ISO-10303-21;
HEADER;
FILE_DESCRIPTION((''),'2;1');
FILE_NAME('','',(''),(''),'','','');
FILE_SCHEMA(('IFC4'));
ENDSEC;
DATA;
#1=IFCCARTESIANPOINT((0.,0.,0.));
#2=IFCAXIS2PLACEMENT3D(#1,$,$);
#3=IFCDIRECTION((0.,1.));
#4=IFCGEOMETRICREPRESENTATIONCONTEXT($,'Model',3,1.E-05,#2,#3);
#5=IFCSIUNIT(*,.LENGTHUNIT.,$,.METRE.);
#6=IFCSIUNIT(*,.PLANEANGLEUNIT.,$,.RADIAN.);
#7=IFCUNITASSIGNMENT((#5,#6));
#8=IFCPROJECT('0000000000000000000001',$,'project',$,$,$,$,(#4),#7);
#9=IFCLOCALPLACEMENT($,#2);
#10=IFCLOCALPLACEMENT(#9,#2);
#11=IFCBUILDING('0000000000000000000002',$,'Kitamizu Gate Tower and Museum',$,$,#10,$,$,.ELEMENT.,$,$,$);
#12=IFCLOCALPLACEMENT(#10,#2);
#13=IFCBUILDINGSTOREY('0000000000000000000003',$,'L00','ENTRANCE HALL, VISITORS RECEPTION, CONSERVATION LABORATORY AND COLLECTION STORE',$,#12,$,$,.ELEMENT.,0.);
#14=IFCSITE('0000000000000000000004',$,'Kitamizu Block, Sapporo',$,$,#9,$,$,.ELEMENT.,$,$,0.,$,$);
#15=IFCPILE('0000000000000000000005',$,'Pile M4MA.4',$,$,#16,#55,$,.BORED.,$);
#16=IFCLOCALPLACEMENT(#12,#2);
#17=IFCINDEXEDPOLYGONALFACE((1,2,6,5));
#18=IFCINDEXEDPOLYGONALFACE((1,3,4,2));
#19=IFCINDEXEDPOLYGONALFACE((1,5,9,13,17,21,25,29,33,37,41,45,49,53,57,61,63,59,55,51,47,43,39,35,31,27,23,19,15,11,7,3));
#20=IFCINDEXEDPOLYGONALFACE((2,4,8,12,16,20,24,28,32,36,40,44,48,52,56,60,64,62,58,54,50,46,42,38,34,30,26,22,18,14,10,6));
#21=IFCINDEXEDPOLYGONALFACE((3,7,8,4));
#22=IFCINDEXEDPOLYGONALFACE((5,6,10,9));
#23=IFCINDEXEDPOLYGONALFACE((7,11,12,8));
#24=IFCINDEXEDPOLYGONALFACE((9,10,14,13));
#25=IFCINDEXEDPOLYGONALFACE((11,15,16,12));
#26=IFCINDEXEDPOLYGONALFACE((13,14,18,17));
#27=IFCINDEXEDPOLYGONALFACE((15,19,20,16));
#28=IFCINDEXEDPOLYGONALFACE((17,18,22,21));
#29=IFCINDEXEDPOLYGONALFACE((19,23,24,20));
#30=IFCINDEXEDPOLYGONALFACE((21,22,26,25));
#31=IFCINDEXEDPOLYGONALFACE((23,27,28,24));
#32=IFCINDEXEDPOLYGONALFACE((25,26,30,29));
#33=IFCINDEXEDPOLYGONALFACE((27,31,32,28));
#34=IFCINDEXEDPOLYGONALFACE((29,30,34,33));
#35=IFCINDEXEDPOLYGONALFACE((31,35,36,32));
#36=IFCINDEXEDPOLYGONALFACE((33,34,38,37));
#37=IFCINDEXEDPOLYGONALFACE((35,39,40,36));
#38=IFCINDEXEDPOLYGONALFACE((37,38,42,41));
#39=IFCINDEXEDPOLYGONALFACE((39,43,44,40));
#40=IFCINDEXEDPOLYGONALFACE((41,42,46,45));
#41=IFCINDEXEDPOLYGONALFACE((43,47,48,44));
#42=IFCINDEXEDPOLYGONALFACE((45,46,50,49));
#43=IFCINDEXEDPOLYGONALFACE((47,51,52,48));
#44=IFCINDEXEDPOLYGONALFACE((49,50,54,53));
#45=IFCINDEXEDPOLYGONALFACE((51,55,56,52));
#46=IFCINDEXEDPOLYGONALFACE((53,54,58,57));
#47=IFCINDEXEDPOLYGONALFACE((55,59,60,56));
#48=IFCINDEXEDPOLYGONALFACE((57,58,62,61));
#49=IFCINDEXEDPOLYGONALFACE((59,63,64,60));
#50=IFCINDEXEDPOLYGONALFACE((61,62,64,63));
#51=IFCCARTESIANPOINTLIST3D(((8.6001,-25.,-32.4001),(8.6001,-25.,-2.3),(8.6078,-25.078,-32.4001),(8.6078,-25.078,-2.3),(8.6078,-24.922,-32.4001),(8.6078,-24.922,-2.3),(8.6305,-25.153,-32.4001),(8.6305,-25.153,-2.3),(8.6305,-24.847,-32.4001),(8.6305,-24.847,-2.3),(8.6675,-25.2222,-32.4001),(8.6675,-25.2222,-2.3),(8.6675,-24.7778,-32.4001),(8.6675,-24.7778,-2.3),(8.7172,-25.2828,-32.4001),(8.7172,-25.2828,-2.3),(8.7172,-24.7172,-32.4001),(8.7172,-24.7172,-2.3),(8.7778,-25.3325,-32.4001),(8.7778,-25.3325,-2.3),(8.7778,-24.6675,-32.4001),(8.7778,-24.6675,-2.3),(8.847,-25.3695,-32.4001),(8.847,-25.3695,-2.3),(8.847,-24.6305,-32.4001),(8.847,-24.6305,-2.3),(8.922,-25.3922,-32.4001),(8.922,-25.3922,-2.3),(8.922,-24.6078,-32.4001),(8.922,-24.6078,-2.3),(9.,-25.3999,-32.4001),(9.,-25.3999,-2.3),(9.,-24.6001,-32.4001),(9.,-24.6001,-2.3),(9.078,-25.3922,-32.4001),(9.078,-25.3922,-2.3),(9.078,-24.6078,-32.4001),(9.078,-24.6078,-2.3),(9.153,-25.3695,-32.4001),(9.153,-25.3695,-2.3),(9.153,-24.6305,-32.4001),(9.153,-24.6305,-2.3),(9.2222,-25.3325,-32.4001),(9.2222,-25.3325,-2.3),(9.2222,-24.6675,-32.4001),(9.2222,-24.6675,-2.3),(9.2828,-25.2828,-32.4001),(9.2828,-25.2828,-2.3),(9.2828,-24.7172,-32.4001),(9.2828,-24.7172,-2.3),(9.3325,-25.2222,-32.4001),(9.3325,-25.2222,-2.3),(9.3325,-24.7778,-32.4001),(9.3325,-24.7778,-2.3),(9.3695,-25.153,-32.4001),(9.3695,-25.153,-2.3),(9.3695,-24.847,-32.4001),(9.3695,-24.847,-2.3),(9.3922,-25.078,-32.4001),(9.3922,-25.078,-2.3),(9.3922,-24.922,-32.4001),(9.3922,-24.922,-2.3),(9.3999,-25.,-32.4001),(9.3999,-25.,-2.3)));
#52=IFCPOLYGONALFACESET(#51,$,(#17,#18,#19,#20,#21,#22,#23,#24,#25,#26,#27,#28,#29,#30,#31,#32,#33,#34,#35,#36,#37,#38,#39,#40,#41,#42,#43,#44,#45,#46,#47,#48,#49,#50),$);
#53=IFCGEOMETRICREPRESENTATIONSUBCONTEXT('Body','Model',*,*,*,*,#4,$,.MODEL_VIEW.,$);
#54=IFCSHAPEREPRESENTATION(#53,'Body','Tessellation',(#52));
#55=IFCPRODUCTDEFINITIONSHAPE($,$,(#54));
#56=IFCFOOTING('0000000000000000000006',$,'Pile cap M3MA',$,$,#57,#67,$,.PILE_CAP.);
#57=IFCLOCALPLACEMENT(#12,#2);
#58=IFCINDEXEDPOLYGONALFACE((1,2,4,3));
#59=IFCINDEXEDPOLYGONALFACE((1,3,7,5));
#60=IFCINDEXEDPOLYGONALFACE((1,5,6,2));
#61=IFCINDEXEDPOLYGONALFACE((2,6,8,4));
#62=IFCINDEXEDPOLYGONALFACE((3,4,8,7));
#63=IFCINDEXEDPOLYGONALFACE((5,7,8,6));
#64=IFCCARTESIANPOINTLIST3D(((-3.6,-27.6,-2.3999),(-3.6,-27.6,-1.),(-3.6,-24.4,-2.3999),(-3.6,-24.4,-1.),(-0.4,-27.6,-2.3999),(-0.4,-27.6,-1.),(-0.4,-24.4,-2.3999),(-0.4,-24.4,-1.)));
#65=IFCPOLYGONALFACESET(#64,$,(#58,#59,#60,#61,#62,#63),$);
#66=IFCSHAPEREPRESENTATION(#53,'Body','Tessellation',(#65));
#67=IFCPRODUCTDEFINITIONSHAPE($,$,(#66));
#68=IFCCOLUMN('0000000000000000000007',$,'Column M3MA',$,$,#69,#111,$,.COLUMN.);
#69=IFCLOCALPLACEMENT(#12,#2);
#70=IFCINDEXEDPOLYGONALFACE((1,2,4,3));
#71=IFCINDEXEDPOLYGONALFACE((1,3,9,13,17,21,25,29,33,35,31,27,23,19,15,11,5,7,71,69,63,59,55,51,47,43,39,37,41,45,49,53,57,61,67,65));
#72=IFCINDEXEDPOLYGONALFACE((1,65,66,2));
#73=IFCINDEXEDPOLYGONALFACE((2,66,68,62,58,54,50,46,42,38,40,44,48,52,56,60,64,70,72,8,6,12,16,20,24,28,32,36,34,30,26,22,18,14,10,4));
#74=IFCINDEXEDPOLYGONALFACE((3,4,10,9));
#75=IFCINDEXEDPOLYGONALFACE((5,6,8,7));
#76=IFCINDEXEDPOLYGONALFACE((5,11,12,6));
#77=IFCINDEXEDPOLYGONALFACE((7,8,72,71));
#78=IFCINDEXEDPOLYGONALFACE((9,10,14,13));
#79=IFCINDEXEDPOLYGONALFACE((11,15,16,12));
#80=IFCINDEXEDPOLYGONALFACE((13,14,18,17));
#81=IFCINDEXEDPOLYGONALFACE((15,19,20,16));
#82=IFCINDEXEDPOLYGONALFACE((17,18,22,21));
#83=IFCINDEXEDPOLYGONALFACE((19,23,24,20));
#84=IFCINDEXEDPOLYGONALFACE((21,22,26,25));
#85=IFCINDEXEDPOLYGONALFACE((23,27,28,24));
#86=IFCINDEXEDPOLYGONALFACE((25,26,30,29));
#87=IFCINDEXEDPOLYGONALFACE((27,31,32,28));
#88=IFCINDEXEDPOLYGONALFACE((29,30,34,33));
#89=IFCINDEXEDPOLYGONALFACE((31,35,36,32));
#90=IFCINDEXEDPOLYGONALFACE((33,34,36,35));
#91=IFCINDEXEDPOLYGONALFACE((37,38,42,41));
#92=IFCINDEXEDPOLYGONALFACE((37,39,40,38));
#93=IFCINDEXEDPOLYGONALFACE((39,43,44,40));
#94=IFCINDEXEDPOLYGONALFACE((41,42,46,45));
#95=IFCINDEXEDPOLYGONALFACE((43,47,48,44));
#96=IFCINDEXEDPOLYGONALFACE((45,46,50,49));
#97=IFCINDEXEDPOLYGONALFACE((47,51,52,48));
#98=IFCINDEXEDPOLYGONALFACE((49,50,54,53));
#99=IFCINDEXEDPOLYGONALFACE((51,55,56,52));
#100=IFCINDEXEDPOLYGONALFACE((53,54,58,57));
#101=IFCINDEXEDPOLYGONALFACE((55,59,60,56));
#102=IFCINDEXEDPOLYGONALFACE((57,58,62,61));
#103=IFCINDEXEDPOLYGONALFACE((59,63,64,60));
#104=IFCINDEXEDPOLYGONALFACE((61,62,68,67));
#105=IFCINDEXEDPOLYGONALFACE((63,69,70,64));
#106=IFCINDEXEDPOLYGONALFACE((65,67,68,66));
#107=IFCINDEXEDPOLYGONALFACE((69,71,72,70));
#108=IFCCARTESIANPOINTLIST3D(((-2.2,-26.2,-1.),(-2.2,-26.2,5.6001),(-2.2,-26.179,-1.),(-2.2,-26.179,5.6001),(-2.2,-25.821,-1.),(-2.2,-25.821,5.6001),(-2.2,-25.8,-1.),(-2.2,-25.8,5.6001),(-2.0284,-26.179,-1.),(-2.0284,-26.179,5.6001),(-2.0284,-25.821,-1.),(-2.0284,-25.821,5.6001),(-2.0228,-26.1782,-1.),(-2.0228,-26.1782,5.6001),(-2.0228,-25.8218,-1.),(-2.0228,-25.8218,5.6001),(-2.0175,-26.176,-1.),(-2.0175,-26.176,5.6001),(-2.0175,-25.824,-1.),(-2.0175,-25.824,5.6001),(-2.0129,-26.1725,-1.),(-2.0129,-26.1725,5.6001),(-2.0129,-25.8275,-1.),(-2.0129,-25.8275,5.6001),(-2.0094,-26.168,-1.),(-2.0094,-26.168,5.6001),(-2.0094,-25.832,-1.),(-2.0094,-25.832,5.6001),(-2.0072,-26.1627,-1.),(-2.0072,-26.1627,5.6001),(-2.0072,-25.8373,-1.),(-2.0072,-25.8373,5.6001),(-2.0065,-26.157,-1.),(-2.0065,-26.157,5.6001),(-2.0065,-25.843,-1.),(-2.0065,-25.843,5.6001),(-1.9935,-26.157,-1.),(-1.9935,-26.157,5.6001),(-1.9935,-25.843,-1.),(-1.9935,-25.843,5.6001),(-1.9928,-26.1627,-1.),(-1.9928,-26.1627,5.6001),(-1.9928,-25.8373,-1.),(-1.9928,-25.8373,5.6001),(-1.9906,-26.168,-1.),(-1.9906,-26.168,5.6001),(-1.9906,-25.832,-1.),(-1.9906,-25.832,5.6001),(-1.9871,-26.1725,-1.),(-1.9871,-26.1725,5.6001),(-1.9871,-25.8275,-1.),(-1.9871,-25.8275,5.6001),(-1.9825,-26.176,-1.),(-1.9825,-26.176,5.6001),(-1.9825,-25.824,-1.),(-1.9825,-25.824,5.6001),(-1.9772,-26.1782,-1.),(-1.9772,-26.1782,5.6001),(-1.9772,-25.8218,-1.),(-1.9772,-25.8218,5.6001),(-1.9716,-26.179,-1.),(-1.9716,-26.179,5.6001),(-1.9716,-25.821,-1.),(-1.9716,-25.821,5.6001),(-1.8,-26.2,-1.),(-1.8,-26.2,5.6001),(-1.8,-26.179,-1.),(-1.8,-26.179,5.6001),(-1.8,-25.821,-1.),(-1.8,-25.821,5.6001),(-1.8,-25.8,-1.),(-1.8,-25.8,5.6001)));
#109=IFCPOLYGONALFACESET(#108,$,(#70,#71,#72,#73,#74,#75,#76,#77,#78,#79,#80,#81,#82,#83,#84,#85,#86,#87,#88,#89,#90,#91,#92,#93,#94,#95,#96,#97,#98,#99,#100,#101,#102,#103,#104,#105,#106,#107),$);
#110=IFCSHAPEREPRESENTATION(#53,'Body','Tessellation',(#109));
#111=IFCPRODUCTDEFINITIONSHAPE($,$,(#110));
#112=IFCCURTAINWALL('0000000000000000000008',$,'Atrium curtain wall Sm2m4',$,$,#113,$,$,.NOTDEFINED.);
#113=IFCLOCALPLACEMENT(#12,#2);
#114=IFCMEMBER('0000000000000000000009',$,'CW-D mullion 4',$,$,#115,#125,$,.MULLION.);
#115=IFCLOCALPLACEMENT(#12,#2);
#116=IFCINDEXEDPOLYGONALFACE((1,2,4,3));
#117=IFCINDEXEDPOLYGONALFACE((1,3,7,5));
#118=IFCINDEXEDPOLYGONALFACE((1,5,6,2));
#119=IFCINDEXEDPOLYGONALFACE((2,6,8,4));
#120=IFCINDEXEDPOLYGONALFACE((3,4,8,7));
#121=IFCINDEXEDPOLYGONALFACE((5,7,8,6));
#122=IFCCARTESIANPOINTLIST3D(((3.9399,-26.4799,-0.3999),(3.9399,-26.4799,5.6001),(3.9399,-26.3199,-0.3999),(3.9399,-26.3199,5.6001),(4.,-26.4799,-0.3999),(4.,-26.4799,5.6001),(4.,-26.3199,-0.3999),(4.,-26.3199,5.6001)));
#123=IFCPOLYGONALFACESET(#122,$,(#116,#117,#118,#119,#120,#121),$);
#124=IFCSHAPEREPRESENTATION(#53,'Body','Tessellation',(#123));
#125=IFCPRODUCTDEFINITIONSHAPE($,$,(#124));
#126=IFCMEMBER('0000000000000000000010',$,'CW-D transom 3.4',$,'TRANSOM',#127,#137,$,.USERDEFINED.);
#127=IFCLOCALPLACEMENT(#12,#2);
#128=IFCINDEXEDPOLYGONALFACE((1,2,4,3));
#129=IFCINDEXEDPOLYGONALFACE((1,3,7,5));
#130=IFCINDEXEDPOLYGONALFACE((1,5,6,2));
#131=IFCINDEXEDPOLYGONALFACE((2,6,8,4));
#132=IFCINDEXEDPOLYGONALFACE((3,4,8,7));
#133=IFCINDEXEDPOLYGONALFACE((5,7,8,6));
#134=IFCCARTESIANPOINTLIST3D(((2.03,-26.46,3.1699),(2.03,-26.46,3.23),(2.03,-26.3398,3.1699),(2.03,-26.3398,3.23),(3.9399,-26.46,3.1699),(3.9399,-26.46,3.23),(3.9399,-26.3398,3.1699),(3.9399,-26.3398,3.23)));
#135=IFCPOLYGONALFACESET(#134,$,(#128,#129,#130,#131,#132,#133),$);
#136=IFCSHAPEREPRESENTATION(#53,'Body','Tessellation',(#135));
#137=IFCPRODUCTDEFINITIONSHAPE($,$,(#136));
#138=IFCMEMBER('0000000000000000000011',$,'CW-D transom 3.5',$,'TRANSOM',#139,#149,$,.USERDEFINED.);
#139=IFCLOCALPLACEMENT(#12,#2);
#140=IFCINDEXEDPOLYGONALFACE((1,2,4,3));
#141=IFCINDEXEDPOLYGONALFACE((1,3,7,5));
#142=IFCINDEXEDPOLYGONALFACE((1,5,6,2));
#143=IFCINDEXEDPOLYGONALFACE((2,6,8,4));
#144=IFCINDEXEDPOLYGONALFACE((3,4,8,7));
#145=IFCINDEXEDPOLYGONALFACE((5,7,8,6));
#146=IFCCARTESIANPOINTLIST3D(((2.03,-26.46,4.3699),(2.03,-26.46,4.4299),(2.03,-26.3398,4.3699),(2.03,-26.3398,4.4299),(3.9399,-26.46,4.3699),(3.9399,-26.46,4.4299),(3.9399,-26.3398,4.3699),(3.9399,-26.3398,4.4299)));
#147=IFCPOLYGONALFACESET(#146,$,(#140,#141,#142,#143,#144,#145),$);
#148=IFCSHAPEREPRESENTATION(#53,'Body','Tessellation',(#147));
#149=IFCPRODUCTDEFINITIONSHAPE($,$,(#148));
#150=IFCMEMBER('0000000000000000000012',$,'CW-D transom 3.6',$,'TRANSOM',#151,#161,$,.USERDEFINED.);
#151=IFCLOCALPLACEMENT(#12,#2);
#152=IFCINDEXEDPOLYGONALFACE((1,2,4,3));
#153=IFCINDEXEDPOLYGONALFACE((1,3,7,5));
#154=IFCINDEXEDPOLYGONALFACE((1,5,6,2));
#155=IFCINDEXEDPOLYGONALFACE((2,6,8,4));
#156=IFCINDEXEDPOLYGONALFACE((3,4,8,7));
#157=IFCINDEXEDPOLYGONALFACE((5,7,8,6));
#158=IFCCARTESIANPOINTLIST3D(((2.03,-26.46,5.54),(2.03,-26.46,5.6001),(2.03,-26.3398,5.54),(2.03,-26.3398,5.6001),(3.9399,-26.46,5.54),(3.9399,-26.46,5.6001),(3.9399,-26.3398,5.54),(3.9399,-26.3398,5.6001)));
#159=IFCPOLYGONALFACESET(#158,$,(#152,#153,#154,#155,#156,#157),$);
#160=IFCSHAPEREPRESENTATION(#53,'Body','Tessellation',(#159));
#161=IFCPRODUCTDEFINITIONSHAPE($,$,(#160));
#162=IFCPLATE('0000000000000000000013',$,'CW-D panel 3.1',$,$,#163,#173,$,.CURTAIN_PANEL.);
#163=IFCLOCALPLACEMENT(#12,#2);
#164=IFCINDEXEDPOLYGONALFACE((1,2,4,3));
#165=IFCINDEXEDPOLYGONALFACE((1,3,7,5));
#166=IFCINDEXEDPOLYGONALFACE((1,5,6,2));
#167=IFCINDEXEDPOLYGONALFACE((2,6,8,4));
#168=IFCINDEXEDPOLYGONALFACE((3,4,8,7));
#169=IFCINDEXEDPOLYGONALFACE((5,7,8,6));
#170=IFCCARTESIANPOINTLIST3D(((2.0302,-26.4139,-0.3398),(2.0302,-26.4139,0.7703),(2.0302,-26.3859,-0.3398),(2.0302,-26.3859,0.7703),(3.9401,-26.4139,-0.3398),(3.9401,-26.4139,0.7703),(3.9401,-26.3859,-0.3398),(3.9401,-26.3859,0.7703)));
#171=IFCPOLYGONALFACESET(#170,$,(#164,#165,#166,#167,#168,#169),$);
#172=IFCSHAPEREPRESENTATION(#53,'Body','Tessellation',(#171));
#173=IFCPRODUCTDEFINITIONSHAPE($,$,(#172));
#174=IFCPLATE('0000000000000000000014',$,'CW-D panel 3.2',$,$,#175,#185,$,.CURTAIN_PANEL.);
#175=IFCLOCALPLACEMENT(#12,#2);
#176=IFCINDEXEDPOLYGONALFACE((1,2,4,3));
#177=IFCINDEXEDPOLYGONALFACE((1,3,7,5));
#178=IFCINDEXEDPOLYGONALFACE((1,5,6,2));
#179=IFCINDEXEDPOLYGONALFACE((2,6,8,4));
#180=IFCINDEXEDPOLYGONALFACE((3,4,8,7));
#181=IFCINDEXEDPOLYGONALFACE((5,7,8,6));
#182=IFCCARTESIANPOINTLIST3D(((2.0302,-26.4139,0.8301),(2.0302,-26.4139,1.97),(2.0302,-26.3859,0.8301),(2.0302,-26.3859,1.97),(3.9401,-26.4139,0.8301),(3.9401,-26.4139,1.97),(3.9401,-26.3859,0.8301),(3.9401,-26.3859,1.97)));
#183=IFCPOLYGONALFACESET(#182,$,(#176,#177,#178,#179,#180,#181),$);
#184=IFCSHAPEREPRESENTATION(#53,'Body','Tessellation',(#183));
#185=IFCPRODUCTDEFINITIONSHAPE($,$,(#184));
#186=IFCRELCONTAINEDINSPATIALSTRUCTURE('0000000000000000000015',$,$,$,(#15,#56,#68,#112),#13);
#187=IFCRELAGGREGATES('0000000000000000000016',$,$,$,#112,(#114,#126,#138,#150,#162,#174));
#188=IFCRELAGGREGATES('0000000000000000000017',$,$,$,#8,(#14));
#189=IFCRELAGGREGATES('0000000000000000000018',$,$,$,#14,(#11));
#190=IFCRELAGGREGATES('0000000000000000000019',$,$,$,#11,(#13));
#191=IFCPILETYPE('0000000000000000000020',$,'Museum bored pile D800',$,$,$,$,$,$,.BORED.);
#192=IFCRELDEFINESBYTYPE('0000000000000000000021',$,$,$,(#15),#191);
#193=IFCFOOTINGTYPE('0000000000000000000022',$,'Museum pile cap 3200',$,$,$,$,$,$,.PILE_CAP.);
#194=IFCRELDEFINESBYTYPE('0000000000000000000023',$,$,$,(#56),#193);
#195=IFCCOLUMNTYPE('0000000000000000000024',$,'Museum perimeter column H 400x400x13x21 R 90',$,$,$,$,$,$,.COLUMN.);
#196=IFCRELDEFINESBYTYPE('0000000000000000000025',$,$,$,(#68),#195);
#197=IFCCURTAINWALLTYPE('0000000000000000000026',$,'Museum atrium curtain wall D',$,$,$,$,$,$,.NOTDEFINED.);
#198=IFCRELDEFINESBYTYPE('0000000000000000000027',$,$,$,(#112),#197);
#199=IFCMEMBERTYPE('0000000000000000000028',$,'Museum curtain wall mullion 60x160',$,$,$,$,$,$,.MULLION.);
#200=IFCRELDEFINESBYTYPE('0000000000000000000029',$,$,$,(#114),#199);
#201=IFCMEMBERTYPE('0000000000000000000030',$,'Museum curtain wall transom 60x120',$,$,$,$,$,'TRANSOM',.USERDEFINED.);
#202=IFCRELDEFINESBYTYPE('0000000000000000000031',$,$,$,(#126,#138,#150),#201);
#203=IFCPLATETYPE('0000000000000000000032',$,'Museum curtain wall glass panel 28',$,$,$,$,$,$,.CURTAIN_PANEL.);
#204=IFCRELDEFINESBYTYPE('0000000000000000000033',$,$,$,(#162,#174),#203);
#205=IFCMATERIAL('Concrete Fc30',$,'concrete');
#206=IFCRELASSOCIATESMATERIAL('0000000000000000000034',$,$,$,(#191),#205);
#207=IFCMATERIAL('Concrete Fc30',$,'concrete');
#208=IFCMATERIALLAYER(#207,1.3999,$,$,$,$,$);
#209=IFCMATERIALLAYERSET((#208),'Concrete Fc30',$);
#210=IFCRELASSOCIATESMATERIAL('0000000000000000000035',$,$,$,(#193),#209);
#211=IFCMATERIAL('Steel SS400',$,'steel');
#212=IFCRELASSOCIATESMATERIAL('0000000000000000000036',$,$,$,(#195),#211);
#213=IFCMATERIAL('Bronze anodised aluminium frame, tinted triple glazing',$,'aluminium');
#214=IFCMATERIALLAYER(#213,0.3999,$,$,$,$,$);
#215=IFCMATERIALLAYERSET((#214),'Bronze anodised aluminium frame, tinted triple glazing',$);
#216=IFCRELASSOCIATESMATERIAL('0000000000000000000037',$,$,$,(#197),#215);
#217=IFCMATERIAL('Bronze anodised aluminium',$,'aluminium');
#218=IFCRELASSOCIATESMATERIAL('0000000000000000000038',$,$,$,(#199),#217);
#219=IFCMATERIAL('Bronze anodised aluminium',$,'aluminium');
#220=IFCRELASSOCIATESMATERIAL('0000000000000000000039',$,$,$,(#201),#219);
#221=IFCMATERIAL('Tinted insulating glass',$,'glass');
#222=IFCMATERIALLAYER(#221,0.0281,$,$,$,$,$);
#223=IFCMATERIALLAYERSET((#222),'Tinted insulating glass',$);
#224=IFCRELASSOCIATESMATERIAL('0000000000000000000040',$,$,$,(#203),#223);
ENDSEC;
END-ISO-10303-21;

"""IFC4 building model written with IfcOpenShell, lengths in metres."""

from ifc_helpers import new_model, si_unit, direction, frame, origin, origin_2d, place, context, subcontext, project, spatial, rectangle, circle, i_section, extrude, material, layer, layer_set, material_profile, profile_set, type_object, element, aggregate, save


model = new_model("IFC4")

# Units and contexts
model_context = context("Model", 3, precision=1e-05, world=origin(), true_north=direction((0.0, 1.0)))
body_context = subcontext(model_context, "Body", "Model", "MODEL_VIEW")
ifc_project = project(units=[si_unit("LENGTHUNIT", "METRE"), si_unit("PLANEANGLEUNIT", "RADIAN")], contexts=[model_context])

# Site, building, storey
site_placement = place(None, origin())
site = spatial("IfcSite", under=ifc_project, at=site_placement, Name="Kitamizu Block, Sapporo", CompositionType="ELEMENT", RefElevation=0.0)
building_placement = place(site_placement, origin())
building = spatial("IfcBuilding", under=site, at=building_placement, Name="Kitamizu Gate Tower and Museum", CompositionType="ELEMENT")
storey_placement = place(building_placement, origin())
storey = spatial("IfcBuildingStorey", under=building, at=storey_placement, Name="L00", Description="ENTRANCE HALL, VISITORS RECEPTION, CONSERVATION LABORATORY AND COLLECTION STORE", CompositionType="ELEMENT", Elevation=0.0)

# Pile
ifc_material_1 = material(Name="Concrete Fc30", Category="concrete")
ifc_material_profile_1 = material_profile(ifc_material_1, circle(Radius=0.3999, at=origin_2d()), Name="D800")
ifc_profile_set_1 = profile_set([ifc_material_profile_1], Name="Concrete Fc30")
pile_type = type_object("IfcPileType", Name="Museum bored pile D800", PredefinedType="BORED", material=ifc_profile_set_1)
for number, where, z_axis, x_axis, name in (
    (1, (9.0, -25.0, -2.3), (0.0, 0.0, -1.0), (1.0, 0.0, 0.0), "Pile M4MA.4"),
):
    element("IfcPile", number, at=place(storey_placement, frame(where, z_axis=z_axis, x_axis=x_axis)), inside=storey, type_object=pile_type, Name=name, PredefinedType="BORED", context=body_context, shape_type="SweptSolid", body=[
        extrude(circle(Radius=0.3999, at=origin_2d()), origin(), (0.0, 0.0, 1.0), 30.1001),
    ])

# Footing
ifc_material_2 = material(Name="Concrete Fc30", Category="concrete")
ifc_layer_1 = layer(ifc_material_2, 1.3999)
ifc_layer_set_1 = layer_set([ifc_layer_1], Name="Concrete Fc30")
footing_type = type_object("IfcFootingType", Name="Museum pile cap 3200", PredefinedType="PILE_CAP", material=ifc_layer_set_1)
footing_placement = place(storey_placement, frame((-2.0, -26.0, -2.3999), z_axis=(0.0, 0.0, 1.0), x_axis=(1.0, 0.0, 0.0)))
element("IfcFooting", 2, at=footing_placement, inside=storey, type_object=footing_type, Name="Pile cap M3MA", PredefinedType="PILE_CAP", context=body_context, shape_type="SweptSolid", body=[
    extrude(rectangle(XDim=3.2, YDim=3.2, at=origin_2d()), origin(), (0.0, 0.0, 1.0), 1.3999),
])

# Column
ifc_material_3 = material(Name="Steel SS400", Category="steel")
ifc_material_profile_2 = material_profile(ifc_material_3, i_section(OverallWidth=0.3999, OverallDepth=0.3999, WebThickness=0.0129, FlangeThickness=0.021, FilletRadius=0.022, at=origin_2d()), Name="H-400x400x13x21")
ifc_profile_set_2 = profile_set([ifc_material_profile_2], Name="Steel SS400")
column_type = type_object("IfcColumnType", Name="Museum perimeter column H 400x400x13x21 R 90", PredefinedType="COLUMN", material=ifc_profile_set_2)
column_placement = place(storey_placement, frame((-2.0, -26.0, -1.0), z_axis=(0.0, 0.0, 1.0), x_axis=(1.0, 0.0, 0.0)))
element("IfcColumn", 3, at=column_placement, inside=storey, type_object=column_type, Name="Column M3MA", PredefinedType="COLUMN", context=body_context, shape_type="SweptSolid", body=[
    extrude(i_section(OverallWidth=0.3999, OverallDepth=0.3999, WebThickness=0.0129, FlangeThickness=0.021, FilletRadius=0.022, at=origin_2d()), origin(), (0.0, 0.0, 1.0), 6.6001),
])

# Curtain wall, members, plates
ifc_material_4 = material(Name="Bronze anodised aluminium frame, tinted triple glazing", Category="aluminium")
ifc_layer_2 = layer(ifc_material_4, 0.3999)
ifc_layer_set_2 = layer_set([ifc_layer_2], Name="Bronze anodised aluminium frame, tinted triple glazing")
curtain_wall_type = type_object("IfcCurtainWallType", Name="Museum atrium curtain wall D", PredefinedType="NOTDEFINED", material=ifc_layer_set_2)
curtain_wall_placement = place(storey_placement, origin())
curtain_wall = element("IfcCurtainWall", 4, at=curtain_wall_placement, inside=storey, type_object=curtain_wall_type, Name="Atrium curtain wall Sm2m4", PredefinedType="NOTDEFINED")
ifc_material_5 = material(Name="Bronze anodised aluminium", Category="aluminium")
ifc_material_profile_3 = material_profile(ifc_material_5, rectangle(XDim=0.0601, YDim=0.1599, at=origin_2d()), Name="60x160")
ifc_profile_set_3 = profile_set([ifc_material_profile_3], Name="Bronze anodised aluminium")
member_type_1 = type_object("IfcMemberType", Name="Museum curtain wall mullion 60x160", PredefinedType="MULLION", material=ifc_profile_set_3)
member_1_placement = place(storey_placement, frame((3.97, -26.3999, -0.3999), z_axis=(0.0, 0.0, 1.0), x_axis=(1.0, 0.0, 0.0)))
member_1 = element("IfcMember", 5, at=member_1_placement, type_object=member_type_1, Name="CW-D mullion 4", PredefinedType="MULLION", context=body_context, shape_type="SweptSolid", body=[
    extrude(rectangle(XDim=0.0601, YDim=0.1599, at=origin_2d()), origin(), (0.0, 0.0, 1.0), 6.0),
])
ifc_material_6 = material(Name="Bronze anodised aluminium", Category="aluminium")
ifc_material_profile_4 = material_profile(ifc_material_6, rectangle(XDim=0.1201, YDim=0.0601, at=origin_2d()), Name="120x60")
ifc_profile_set_4 = profile_set([ifc_material_profile_4], Name="Bronze anodised aluminium")
member_type_2 = type_object("IfcMemberType", Name="Museum curtain wall transom 60x120", ElementType="TRANSOM", PredefinedType="USERDEFINED", material=ifc_profile_set_4)
member_2_placement = place(storey_placement, frame((2.03, -26.3999, 3.2), z_axis=(1.0, 0.0, 0.0), x_axis=(0.0, 1.0, 0.0)))
member_2 = element("IfcMember", 6, at=member_2_placement, type_object=member_type_2, Name="CW-D transom 3.4", ObjectType="TRANSOM", PredefinedType="USERDEFINED", context=body_context, shape_type="SweptSolid", body=[
    extrude(rectangle(XDim=0.1201, YDim=0.0601, at=origin_2d()), origin(), (0.0, 0.0, 1.0), 1.9099),
])
member_3_placement = place(storey_placement, frame((2.03, -26.3999, 4.3999), z_axis=(1.0, 0.0, 0.0), x_axis=(0.0, 1.0, 0.0)))
member_3 = element("IfcMember", 7, at=member_3_placement, type_object=member_type_2, Name="CW-D transom 3.5", ObjectType="TRANSOM", PredefinedType="USERDEFINED", context=body_context, shape_type="SweptSolid", body=[
    extrude(rectangle(XDim=0.1201, YDim=0.0601, at=origin_2d()), origin(), (0.0, 0.0, 1.0), 1.9099),
])
member_4_placement = place(storey_placement, frame((2.03, -26.3999, 5.5701), z_axis=(1.0, 0.0, 0.0), x_axis=(0.0, 1.0, 0.0)))
member_4 = element("IfcMember", 8, at=member_4_placement, type_object=member_type_2, Name="CW-D transom 3.6", ObjectType="TRANSOM", PredefinedType="USERDEFINED", context=body_context, shape_type="SweptSolid", body=[
    extrude(rectangle(XDim=0.1201, YDim=0.0601, at=origin_2d()), origin(), (0.0, 0.0, 1.0), 1.9099),
])
ifc_material_7 = material(Name="Tinted insulating glass", Category="glass")
ifc_layer_3 = layer(ifc_material_7, 0.0281)
ifc_layer_set_3 = layer_set([ifc_layer_3], Name="Tinted insulating glass")
plate_type = type_object("IfcPlateType", Name="Museum curtain wall glass panel 28", PredefinedType="CURTAIN_PANEL", material=ifc_layer_set_3)
plate_1_placement = place(storey_placement, frame((2.9851, -26.3999, -0.3398), z_axis=(0.0, 0.0, 1.0), x_axis=(1.0, 0.0, 0.0)))
plate_1 = element("IfcPlate", 9, at=plate_1_placement, type_object=plate_type, Name="CW-D panel 3.1", PredefinedType="CURTAIN_PANEL", context=body_context, shape_type="SweptSolid", body=[
    extrude(rectangle(XDim=1.9099, YDim=0.0281, at=origin_2d()), origin(), (0.0, 0.0, 1.0), 1.1101),
])
plate_2_placement = place(storey_placement, frame((2.9851, -26.3999, 0.8301), z_axis=(0.0, 0.0, 1.0), x_axis=(1.0, 0.0, 0.0)))
plate_2 = element("IfcPlate", 10, at=plate_2_placement, type_object=plate_type, Name="CW-D panel 3.2", PredefinedType="CURTAIN_PANEL", context=body_context, shape_type="SweptSolid", body=[
    extrude(rectangle(XDim=1.9099, YDim=0.0281, at=origin_2d()), origin(), (0.0, 0.0, 1.0), 1.1399),
])
aggregate(curtain_wall, [member_1, member_2, member_3, member_4, plate_1, plate_2])

save(model, "model.ifc")
